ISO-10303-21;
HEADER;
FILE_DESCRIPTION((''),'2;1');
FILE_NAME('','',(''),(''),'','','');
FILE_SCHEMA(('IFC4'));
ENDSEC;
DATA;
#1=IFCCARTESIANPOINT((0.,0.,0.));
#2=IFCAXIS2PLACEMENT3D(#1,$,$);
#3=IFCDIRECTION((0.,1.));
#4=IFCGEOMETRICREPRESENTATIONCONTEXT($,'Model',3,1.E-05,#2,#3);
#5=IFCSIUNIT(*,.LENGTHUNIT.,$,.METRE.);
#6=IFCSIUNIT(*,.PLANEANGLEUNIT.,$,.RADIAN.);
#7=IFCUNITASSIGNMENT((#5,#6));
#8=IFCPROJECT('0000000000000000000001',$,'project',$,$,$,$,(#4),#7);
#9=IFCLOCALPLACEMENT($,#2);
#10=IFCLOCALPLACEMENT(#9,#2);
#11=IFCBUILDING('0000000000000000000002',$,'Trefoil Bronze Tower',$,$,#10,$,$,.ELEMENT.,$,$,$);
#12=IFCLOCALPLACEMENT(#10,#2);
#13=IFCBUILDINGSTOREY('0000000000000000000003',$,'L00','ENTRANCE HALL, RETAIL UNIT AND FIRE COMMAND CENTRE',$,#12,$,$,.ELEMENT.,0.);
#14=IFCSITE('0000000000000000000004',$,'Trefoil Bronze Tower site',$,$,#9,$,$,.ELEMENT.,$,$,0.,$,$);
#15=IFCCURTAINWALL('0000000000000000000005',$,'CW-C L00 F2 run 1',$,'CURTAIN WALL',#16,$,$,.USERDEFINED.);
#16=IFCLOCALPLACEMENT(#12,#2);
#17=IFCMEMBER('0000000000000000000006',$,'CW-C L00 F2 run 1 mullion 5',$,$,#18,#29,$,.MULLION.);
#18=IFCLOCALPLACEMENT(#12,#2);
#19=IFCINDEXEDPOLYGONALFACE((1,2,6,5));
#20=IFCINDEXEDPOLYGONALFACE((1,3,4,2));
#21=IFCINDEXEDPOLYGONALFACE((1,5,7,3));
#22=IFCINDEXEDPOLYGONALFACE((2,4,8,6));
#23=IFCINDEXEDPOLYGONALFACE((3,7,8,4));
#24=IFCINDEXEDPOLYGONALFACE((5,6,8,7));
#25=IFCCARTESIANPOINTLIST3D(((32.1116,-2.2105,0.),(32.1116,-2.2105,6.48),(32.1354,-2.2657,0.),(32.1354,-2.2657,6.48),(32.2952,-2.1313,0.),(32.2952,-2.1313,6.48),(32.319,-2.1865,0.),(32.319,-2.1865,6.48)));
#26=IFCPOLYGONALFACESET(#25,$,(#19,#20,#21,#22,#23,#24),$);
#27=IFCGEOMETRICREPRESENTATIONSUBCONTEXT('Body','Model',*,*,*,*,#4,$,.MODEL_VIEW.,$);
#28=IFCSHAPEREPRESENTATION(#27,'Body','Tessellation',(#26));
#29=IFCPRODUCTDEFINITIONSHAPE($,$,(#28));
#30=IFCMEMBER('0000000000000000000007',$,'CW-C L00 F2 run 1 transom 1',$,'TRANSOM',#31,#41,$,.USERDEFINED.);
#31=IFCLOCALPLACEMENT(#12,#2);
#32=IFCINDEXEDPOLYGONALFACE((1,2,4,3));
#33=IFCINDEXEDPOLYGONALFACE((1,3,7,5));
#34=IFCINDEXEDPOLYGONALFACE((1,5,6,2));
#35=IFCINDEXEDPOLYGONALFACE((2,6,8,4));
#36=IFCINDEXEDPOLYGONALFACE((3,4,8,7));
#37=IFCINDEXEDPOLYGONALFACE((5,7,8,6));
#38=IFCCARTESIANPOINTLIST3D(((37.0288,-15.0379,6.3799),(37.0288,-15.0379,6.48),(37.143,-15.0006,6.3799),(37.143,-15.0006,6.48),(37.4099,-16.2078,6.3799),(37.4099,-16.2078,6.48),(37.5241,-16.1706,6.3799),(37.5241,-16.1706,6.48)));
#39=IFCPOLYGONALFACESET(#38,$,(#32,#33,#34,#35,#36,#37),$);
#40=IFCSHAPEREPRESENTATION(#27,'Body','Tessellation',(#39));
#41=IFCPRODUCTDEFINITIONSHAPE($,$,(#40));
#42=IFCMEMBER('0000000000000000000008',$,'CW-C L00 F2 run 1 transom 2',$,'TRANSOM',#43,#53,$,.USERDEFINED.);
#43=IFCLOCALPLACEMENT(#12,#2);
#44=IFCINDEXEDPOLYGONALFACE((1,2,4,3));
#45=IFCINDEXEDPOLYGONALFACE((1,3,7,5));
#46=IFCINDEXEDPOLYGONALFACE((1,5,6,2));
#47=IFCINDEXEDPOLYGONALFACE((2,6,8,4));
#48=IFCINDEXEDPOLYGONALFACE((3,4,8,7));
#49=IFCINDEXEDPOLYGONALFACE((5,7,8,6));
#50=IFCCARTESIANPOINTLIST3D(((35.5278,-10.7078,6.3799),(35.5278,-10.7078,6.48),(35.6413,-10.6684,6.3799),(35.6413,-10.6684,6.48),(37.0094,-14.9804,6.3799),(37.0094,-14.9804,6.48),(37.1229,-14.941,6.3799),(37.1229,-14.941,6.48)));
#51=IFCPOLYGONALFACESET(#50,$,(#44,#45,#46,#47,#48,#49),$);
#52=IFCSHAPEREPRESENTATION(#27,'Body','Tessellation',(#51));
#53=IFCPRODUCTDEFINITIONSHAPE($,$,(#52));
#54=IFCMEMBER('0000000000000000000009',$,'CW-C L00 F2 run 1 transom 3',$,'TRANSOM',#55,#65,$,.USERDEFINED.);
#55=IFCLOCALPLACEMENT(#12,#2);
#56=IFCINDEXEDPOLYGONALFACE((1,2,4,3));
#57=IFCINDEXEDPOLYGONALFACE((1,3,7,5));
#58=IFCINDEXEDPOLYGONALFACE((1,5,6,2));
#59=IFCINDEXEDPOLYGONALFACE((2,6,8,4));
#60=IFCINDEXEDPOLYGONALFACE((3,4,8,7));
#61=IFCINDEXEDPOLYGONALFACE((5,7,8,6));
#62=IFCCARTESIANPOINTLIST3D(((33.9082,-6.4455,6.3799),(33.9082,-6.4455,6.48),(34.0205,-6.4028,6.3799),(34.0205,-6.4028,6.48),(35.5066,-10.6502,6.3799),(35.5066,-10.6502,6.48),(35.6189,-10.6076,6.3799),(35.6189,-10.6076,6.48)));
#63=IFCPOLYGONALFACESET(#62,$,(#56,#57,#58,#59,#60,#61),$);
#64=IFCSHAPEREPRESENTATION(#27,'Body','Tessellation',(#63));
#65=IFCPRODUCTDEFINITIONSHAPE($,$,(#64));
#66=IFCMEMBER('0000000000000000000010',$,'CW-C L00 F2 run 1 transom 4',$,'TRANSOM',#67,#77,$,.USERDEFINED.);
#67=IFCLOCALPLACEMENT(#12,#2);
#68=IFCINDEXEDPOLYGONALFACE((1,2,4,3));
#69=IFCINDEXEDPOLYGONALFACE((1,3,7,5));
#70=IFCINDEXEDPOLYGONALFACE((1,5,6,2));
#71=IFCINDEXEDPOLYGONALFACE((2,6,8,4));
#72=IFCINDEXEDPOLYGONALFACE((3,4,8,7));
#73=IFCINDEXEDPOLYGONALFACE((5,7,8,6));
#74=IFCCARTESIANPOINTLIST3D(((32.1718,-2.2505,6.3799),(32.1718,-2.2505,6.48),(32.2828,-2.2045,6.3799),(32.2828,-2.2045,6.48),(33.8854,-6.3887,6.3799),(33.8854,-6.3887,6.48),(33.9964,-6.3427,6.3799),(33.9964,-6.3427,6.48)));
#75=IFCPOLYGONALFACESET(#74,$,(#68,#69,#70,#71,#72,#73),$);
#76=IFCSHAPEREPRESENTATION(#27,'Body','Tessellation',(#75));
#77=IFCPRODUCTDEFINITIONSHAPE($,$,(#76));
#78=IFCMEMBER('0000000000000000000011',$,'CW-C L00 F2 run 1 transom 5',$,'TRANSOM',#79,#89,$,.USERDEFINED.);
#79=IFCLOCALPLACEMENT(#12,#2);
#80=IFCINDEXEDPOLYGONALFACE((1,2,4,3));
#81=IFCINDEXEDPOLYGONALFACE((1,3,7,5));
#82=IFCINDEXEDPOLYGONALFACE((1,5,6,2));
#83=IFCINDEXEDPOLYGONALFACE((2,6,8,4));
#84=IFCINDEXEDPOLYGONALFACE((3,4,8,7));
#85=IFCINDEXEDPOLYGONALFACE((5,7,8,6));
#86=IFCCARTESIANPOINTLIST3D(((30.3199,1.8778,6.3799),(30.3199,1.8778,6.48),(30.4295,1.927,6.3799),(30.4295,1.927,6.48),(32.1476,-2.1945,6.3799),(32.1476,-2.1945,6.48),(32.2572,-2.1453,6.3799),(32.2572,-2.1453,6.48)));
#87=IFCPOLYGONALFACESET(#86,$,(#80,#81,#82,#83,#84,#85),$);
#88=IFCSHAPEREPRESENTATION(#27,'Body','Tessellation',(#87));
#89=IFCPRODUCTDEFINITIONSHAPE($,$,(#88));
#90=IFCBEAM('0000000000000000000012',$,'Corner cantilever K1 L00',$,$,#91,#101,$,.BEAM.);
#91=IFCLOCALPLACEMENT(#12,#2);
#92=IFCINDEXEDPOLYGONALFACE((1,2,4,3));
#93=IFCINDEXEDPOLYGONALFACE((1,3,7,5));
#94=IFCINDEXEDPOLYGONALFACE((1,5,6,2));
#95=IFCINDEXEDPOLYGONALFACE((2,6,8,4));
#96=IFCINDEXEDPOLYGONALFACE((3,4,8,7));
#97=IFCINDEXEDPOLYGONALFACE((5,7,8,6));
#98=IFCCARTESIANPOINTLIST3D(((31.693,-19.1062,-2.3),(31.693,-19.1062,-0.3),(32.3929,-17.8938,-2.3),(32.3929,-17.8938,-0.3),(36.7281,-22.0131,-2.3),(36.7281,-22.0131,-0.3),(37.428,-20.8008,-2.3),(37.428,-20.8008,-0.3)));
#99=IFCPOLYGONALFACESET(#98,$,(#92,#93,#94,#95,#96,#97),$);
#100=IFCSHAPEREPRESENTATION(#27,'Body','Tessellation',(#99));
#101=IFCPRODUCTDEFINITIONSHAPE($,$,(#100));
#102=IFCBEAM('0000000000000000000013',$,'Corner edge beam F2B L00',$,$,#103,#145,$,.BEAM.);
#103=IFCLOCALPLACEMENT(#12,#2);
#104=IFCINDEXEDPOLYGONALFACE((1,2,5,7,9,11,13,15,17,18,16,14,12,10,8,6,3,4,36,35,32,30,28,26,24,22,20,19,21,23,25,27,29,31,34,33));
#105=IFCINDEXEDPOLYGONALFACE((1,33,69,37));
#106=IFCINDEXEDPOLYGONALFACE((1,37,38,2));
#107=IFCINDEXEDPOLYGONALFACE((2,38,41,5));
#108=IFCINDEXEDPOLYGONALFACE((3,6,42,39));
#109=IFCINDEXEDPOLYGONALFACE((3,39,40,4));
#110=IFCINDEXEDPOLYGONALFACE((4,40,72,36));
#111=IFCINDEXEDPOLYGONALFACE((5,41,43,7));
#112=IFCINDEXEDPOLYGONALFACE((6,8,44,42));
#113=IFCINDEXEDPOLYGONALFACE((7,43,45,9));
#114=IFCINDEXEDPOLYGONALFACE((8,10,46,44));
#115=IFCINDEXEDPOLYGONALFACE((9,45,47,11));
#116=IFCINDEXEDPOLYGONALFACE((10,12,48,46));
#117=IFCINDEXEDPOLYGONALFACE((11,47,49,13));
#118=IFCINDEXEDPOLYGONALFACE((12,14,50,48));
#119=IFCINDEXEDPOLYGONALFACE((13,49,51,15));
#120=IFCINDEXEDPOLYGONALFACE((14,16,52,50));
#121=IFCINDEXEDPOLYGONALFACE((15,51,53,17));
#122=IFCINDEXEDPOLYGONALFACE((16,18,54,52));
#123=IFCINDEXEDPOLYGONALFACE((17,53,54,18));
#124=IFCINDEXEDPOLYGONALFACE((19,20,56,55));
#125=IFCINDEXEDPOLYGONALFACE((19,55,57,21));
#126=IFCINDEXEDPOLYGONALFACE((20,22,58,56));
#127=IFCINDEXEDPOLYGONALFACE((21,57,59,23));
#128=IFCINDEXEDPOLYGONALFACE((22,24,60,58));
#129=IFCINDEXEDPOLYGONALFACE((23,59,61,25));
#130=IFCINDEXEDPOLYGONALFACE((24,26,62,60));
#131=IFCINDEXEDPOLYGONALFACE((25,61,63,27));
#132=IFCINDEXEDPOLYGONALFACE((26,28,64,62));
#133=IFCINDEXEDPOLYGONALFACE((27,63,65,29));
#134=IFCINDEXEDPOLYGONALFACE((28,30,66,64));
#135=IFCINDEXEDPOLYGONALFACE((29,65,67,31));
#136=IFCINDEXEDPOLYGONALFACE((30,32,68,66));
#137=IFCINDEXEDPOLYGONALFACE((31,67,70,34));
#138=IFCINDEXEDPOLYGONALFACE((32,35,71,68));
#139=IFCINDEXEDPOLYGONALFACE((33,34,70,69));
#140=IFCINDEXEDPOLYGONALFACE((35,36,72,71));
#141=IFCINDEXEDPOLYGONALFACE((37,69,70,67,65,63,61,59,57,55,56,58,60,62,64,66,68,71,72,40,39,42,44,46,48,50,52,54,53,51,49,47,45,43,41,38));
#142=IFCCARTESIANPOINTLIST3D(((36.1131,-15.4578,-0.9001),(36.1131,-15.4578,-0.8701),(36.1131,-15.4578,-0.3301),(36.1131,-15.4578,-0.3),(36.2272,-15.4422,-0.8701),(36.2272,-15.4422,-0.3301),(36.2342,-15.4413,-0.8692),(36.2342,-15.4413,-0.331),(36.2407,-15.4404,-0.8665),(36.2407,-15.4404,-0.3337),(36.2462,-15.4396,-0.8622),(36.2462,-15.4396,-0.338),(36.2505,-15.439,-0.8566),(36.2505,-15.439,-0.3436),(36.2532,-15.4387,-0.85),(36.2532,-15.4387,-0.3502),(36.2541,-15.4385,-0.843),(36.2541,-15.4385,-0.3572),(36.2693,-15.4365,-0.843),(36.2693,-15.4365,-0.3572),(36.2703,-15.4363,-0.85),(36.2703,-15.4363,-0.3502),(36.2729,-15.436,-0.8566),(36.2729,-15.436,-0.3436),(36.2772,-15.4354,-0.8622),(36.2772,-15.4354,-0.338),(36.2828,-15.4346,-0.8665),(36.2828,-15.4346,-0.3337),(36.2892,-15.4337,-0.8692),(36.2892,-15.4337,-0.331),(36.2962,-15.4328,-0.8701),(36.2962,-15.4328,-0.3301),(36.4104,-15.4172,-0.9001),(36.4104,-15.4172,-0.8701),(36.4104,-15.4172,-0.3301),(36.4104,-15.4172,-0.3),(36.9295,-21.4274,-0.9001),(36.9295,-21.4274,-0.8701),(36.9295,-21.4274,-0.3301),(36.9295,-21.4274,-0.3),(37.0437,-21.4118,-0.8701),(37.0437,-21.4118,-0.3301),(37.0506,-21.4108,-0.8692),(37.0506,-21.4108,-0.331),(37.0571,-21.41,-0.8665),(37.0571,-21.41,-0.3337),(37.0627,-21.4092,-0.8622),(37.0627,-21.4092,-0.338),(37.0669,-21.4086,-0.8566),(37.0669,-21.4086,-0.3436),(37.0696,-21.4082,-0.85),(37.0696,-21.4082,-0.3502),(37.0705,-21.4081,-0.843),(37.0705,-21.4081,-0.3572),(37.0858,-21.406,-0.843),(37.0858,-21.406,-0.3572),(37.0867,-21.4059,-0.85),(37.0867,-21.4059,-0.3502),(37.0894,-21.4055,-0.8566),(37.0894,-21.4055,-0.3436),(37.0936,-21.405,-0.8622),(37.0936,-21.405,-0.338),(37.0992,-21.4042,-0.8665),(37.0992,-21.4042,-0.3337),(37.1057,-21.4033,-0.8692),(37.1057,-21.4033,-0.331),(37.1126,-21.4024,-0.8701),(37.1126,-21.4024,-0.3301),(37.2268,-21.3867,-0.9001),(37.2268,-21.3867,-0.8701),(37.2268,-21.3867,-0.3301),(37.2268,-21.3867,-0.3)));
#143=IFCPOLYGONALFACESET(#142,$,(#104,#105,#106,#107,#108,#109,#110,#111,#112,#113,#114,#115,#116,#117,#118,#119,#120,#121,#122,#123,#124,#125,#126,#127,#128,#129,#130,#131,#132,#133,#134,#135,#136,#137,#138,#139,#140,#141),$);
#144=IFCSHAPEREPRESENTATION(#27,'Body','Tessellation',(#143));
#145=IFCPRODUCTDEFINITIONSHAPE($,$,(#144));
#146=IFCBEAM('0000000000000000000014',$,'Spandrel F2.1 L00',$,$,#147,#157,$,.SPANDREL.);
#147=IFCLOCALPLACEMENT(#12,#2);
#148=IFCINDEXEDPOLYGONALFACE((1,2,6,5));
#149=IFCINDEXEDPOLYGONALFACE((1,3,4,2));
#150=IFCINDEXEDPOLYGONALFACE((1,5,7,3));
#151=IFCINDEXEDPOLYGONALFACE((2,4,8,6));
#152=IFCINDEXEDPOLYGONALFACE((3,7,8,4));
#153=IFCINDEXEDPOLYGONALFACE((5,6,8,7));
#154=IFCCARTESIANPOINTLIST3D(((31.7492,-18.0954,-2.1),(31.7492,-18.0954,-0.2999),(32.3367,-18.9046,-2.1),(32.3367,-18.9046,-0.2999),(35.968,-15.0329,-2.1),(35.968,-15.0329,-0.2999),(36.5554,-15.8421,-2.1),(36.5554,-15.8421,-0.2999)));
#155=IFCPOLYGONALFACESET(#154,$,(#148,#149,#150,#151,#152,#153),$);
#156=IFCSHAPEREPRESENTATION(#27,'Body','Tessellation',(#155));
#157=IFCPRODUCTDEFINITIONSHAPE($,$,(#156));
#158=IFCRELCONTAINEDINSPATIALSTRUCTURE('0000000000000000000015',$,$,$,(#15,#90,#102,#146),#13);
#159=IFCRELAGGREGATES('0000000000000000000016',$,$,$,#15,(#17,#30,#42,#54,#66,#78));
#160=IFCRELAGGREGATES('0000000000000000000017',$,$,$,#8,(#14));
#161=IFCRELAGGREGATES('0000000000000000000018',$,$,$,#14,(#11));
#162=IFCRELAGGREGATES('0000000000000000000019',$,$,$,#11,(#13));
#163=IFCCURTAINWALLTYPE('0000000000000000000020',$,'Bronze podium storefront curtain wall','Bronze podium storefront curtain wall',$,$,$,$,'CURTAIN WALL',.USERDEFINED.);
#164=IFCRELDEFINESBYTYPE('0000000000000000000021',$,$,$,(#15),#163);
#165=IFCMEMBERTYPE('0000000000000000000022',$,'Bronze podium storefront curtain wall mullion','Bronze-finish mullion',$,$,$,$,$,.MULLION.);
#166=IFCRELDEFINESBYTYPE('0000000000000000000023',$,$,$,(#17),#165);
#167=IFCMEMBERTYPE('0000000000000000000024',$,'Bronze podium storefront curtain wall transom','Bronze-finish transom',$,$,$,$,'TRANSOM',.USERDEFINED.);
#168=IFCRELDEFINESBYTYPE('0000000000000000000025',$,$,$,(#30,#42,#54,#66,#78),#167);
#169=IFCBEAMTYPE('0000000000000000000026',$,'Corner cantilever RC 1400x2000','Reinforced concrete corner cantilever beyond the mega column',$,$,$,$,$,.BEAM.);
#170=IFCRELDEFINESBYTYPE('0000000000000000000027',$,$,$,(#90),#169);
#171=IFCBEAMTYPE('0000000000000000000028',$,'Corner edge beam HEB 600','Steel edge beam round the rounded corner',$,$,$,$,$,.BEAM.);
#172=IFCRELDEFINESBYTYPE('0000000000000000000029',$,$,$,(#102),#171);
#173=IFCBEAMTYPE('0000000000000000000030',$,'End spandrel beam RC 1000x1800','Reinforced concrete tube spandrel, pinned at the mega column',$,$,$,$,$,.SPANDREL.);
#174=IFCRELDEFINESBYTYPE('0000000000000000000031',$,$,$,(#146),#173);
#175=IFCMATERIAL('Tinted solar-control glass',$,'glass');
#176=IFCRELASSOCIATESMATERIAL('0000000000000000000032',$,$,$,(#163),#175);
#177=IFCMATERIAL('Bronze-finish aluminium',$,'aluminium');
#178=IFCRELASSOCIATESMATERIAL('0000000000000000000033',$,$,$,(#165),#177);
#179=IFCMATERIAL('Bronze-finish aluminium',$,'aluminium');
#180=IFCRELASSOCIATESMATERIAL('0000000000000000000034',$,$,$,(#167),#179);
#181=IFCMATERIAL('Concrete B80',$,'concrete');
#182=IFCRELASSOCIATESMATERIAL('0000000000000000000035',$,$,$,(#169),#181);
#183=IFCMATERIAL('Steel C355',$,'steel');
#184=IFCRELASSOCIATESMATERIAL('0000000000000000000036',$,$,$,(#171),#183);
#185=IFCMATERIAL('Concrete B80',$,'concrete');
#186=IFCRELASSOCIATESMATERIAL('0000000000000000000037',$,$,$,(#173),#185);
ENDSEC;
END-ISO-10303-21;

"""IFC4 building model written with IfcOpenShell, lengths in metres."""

from ifc_helpers import new_model, si_unit, direction, frame, origin, origin_2d, place, context, subcontext, project, spatial, rectangle, i_section, extrude, material, material_profile, profile_set, type_object, element, aggregate, save


model = new_model("IFC4")

# Units and contexts
model_context = context("Model", 3, precision=1e-05, world=origin(), true_north=direction((0.0, 1.0)))
body_context = subcontext(model_context, "Body", "Model", "MODEL_VIEW")
ifc_project = project(units=[si_unit("LENGTHUNIT", "METRE"), si_unit("PLANEANGLEUNIT", "RADIAN")], contexts=[model_context])

# Site, building, storey
site_placement = place(None, origin())
site = spatial("IfcSite", under=ifc_project, at=site_placement, Name="Trefoil Bronze Tower site", CompositionType="ELEMENT", RefElevation=0.0)
building_placement = place(site_placement, origin())
building = spatial("IfcBuilding", under=site, at=building_placement, Name="Trefoil Bronze Tower", CompositionType="ELEMENT")
storey_placement = place(building_placement, origin())
storey = spatial("IfcBuildingStorey", under=building, at=storey_placement, Name="L00", Description="ENTRANCE HALL, RETAIL UNIT AND FIRE COMMAND CENTRE", CompositionType="ELEMENT", Elevation=0.0)

# Curtain wall, members
ifc_material_1 = material(Name="Tinted solar-control glass", Category="glass")
curtain_wall_type = type_object("IfcCurtainWallType", Name="Bronze podium storefront curtain wall", Description="Bronze podium storefront curtain wall", ElementType="CURTAIN WALL", PredefinedType="USERDEFINED", material=ifc_material_1)
curtain_wall_placement = place(storey_placement, origin())
curtain_wall = element("IfcCurtainWall", 1, at=curtain_wall_placement, inside=storey, type_object=curtain_wall_type, Name="CW-C L00 F2 run 1", ObjectType="CURTAIN WALL", PredefinedType="USERDEFINED")
ifc_material_2 = material(Name="Bronze-finish aluminium", Category="aluminium")
ifc_material_profile_1 = material_profile(ifc_material_2, rectangle(XDim=0.2, YDim=0.0601, at=origin_2d()), Name="CW-C mullion")
ifc_profile_set_1 = profile_set([ifc_material_profile_1], Name="Bronze-finish aluminium")
member_type_1 = type_object("IfcMemberType", Name="Bronze podium storefront curtain wall mullion", Description="Bronze-finish mullion", PredefinedType="MULLION", material=ifc_profile_set_1)
member_1_placement = place(storey_placement, frame((32.2153, -2.1985, 0.0), z_axis=(0.0, 0.0, 1.0), x_axis=(-0.918214, -0.396085, 0.0)))
member_1 = element("IfcMember", 2, at=member_1_placement, type_object=member_type_1, Name="CW-C L00 F2 run 1 mullion 5", PredefinedType="MULLION", context=body_context, shape_type="SweptSolid", body=[
    extrude(rectangle(XDim=0.2, YDim=0.0601, at=origin_2d()), origin(), (0.0, 0.0, 1.0), 6.48),
])
ifc_material_3 = material(Name="Bronze-finish aluminium", Category="aluminium")
ifc_material_profile_2 = material_profile(ifc_material_3, rectangle(XDim=0.1201, YDim=0.1001, at=origin_2d()), Name="CW-C transom")
ifc_profile_set_2 = profile_set([ifc_material_profile_2], Name="Bronze-finish aluminium")
member_type_2 = type_object("IfcMemberType", Name="Bronze podium storefront curtain wall transom", Description="Bronze-finish transom", ElementType="TRANSOM", PredefinedType="USERDEFINED", material=ifc_profile_set_2)
member_2_placement = place(storey_placement, frame((37.467, -16.1892, 6.4299), z_axis=(-0.309732, 0.950824, 0.0), x_axis=(-0.950824, -0.309732, 0.0)))
member_2 = element("IfcMember", 3, at=member_2_placement, type_object=member_type_2, Name="CW-C L00 F2 run 1 transom 1", ObjectType="TRANSOM", PredefinedType="USERDEFINED", context=body_context, shape_type="SweptSolid", body=[
    extrude(rectangle(XDim=0.1201, YDim=0.1001, at=origin_2d()), origin(), (0.0, 0.0, 1.0), 1.2305),
])
member_3_placement = place(storey_placement, frame((37.0662, -14.9607, 6.4299), z_axis=(-0.327639, 0.944803, 0.0), x_axis=(-0.944803, -0.327639, 0.0)))
member_3 = element("IfcMember", 4, at=member_3_placement, type_object=member_type_2, Name="CW-C L00 F2 run 1 transom 2", ObjectType="TRANSOM", PredefinedType="USERDEFINED", context=body_context, shape_type="SweptSolid", body=[
    extrude(rectangle(XDim=0.1201, YDim=0.1001, at=origin_2d()), origin(), (0.0, 0.0, 1.0), 4.5222),
])
member_4_placement = place(storey_placement, frame((35.5627, -10.6289, 6.4299), z_axis=(-0.355325, 0.934743, 0.0), x_axis=(-0.934743, -0.355325, 0.0)))
member_4 = element("IfcMember", 5, at=member_4_placement, type_object=member_type_2, Name="CW-C L00 F2 run 1 transom 3", ObjectType="TRANSOM", PredefinedType="USERDEFINED", context=body_context, shape_type="SweptSolid", body=[
    extrude(rectangle(XDim=0.1201, YDim=0.1001, at=origin_2d()), origin(), (0.0, 0.0, 1.0), 4.4983),
])
member_5_placement = place(storey_placement, frame((33.9409, -6.3657, 6.4299), z_axis=(-0.382594, 0.923917, 0.0), x_axis=(-0.923917, -0.382594, 0.0)))
member_5 = element("IfcMember", 6, at=member_5_placement, type_object=member_type_2, Name="CW-C L00 F2 run 1 transom 4", ObjectType="TRANSOM", PredefinedType="USERDEFINED", context=body_context, shape_type="SweptSolid", body=[
    extrude(rectangle(XDim=0.1201, YDim=0.1001, at=origin_2d()), origin(), (0.0, 0.0, 1.0), 4.479),
])
member_6_placement = place(storey_placement, frame((32.2024, -2.1699, 6.4299), z_axis=(-0.409455, 0.91233, 0.0), x_axis=(-0.91233, -0.409455, 0.0)))
member_6 = element("IfcMember", 7, at=member_6_placement, type_object=member_type_2, Name="CW-C L00 F2 run 1 transom 5", ObjectType="TRANSOM", PredefinedType="USERDEFINED", context=body_context, shape_type="SweptSolid", body=[
    extrude(rectangle(XDim=0.1201, YDim=0.1001, at=origin_2d()), origin(), (0.0, 0.0, 1.0), 4.4636),
])

# Beams
ifc_material_4 = material(Name="Concrete B80", Category="concrete")
ifc_material_profile_3 = material_profile(ifc_material_4, rectangle(XDim=1.3999, YDim=2.0, at=origin_2d()), Name="RC 1400x2000")
ifc_profile_set_3 = profile_set([ifc_material_profile_3], Name="Concrete B80")
beam_type_1 = type_object("IfcBeamType", Name="Corner cantilever RC 1400x2000", Description="Reinforced concrete corner cantilever beyond the mega column", PredefinedType="BEAM", material=ifc_profile_set_3)
beam_1_placement = place(storey_placement, frame((32.043, -18.5, -1.3), z_axis=(0.86603, -0.499991, 0.0), x_axis=(0.499991, 0.86603, 0.0)))
element("IfcBeam", 8, at=beam_1_placement, inside=storey, type_object=beam_type_1, Name="Corner cantilever K1 L00", PredefinedType="BEAM", context=body_context, shape_type="SweptSolid", body=[
    extrude(rectangle(XDim=1.3999, YDim=2.0, at=origin_2d()), origin(), (0.0, 0.0, 1.0), 5.814),
])
ifc_material_5 = material(Name="Steel C355", Category="steel")
ifc_material_profile_4 = material_profile(ifc_material_5, i_section(OverallWidth=0.3, OverallDepth=0.6001, WebThickness=0.0154, FlangeThickness=0.03, FilletRadius=0.0271, at=origin_2d()), Name="HEB 600")
ifc_profile_set_4 = profile_set([ifc_material_profile_4], Name="Steel C355")
beam_type_2 = type_object("IfcBeamType", Name="Corner edge beam HEB 600", Description="Steel edge beam round the rounded corner", PredefinedType="BEAM", material=ifc_profile_set_4)
beam_2_placement = place(storey_placement, frame((36.2617, -15.4375, -0.6001), z_axis=(0.135502, -0.990777, 0.0), x_axis=(0.990777, 0.135502, 0.0)))
element("IfcBeam", 9, at=beam_2_placement, inside=storey, type_object=beam_type_2, Name="Corner edge beam F2B L00", PredefinedType="BEAM", context=body_context, shape_type="SweptSolid", body=[
    extrude(i_section(OverallWidth=0.3, OverallDepth=0.6001, WebThickness=0.0154, FlangeThickness=0.03, FilletRadius=0.0271, at=origin_2d()), origin(), (0.0, 0.0, 1.0), 6.0251),
])
ifc_material_6 = material(Name="Concrete B80", Category="concrete")
ifc_material_profile_5 = material_profile(ifc_material_6, rectangle(XDim=1.0, YDim=1.8, at=origin_2d()), Name="RC 1000x1800")
ifc_profile_set_5 = profile_set([ifc_material_profile_5], Name="Concrete B80")
beam_type_3 = type_object("IfcBeamType", Name="End spandrel beam RC 1000x1800", Description="Reinforced concrete tube spandrel, pinned at the mega column", PredefinedType="SPANDREL", material=ifc_profile_set_5)
beam_3_placement = place(storey_placement, frame((32.043, -18.5, -1.2), z_axis=(0.809254, 0.587459, 0.0), x_axis=(-0.587459, 0.809254, 0.0)))
element("IfcBeam", 10, at=beam_3_placement, inside=storey, type_object=beam_type_3, Name="Spandrel F2.1 L00", PredefinedType="SPANDREL", context=body_context, shape_type="SweptSolid", body=[
    extrude(rectangle(XDim=1.0, YDim=1.8, at=origin_2d()), origin(), (0.0, 0.0, 1.0), 5.2131),
])

aggregate(curtain_wall, [member_1, member_2, member_3, member_4, member_5, member_6])

save(model, "model.ifc")
